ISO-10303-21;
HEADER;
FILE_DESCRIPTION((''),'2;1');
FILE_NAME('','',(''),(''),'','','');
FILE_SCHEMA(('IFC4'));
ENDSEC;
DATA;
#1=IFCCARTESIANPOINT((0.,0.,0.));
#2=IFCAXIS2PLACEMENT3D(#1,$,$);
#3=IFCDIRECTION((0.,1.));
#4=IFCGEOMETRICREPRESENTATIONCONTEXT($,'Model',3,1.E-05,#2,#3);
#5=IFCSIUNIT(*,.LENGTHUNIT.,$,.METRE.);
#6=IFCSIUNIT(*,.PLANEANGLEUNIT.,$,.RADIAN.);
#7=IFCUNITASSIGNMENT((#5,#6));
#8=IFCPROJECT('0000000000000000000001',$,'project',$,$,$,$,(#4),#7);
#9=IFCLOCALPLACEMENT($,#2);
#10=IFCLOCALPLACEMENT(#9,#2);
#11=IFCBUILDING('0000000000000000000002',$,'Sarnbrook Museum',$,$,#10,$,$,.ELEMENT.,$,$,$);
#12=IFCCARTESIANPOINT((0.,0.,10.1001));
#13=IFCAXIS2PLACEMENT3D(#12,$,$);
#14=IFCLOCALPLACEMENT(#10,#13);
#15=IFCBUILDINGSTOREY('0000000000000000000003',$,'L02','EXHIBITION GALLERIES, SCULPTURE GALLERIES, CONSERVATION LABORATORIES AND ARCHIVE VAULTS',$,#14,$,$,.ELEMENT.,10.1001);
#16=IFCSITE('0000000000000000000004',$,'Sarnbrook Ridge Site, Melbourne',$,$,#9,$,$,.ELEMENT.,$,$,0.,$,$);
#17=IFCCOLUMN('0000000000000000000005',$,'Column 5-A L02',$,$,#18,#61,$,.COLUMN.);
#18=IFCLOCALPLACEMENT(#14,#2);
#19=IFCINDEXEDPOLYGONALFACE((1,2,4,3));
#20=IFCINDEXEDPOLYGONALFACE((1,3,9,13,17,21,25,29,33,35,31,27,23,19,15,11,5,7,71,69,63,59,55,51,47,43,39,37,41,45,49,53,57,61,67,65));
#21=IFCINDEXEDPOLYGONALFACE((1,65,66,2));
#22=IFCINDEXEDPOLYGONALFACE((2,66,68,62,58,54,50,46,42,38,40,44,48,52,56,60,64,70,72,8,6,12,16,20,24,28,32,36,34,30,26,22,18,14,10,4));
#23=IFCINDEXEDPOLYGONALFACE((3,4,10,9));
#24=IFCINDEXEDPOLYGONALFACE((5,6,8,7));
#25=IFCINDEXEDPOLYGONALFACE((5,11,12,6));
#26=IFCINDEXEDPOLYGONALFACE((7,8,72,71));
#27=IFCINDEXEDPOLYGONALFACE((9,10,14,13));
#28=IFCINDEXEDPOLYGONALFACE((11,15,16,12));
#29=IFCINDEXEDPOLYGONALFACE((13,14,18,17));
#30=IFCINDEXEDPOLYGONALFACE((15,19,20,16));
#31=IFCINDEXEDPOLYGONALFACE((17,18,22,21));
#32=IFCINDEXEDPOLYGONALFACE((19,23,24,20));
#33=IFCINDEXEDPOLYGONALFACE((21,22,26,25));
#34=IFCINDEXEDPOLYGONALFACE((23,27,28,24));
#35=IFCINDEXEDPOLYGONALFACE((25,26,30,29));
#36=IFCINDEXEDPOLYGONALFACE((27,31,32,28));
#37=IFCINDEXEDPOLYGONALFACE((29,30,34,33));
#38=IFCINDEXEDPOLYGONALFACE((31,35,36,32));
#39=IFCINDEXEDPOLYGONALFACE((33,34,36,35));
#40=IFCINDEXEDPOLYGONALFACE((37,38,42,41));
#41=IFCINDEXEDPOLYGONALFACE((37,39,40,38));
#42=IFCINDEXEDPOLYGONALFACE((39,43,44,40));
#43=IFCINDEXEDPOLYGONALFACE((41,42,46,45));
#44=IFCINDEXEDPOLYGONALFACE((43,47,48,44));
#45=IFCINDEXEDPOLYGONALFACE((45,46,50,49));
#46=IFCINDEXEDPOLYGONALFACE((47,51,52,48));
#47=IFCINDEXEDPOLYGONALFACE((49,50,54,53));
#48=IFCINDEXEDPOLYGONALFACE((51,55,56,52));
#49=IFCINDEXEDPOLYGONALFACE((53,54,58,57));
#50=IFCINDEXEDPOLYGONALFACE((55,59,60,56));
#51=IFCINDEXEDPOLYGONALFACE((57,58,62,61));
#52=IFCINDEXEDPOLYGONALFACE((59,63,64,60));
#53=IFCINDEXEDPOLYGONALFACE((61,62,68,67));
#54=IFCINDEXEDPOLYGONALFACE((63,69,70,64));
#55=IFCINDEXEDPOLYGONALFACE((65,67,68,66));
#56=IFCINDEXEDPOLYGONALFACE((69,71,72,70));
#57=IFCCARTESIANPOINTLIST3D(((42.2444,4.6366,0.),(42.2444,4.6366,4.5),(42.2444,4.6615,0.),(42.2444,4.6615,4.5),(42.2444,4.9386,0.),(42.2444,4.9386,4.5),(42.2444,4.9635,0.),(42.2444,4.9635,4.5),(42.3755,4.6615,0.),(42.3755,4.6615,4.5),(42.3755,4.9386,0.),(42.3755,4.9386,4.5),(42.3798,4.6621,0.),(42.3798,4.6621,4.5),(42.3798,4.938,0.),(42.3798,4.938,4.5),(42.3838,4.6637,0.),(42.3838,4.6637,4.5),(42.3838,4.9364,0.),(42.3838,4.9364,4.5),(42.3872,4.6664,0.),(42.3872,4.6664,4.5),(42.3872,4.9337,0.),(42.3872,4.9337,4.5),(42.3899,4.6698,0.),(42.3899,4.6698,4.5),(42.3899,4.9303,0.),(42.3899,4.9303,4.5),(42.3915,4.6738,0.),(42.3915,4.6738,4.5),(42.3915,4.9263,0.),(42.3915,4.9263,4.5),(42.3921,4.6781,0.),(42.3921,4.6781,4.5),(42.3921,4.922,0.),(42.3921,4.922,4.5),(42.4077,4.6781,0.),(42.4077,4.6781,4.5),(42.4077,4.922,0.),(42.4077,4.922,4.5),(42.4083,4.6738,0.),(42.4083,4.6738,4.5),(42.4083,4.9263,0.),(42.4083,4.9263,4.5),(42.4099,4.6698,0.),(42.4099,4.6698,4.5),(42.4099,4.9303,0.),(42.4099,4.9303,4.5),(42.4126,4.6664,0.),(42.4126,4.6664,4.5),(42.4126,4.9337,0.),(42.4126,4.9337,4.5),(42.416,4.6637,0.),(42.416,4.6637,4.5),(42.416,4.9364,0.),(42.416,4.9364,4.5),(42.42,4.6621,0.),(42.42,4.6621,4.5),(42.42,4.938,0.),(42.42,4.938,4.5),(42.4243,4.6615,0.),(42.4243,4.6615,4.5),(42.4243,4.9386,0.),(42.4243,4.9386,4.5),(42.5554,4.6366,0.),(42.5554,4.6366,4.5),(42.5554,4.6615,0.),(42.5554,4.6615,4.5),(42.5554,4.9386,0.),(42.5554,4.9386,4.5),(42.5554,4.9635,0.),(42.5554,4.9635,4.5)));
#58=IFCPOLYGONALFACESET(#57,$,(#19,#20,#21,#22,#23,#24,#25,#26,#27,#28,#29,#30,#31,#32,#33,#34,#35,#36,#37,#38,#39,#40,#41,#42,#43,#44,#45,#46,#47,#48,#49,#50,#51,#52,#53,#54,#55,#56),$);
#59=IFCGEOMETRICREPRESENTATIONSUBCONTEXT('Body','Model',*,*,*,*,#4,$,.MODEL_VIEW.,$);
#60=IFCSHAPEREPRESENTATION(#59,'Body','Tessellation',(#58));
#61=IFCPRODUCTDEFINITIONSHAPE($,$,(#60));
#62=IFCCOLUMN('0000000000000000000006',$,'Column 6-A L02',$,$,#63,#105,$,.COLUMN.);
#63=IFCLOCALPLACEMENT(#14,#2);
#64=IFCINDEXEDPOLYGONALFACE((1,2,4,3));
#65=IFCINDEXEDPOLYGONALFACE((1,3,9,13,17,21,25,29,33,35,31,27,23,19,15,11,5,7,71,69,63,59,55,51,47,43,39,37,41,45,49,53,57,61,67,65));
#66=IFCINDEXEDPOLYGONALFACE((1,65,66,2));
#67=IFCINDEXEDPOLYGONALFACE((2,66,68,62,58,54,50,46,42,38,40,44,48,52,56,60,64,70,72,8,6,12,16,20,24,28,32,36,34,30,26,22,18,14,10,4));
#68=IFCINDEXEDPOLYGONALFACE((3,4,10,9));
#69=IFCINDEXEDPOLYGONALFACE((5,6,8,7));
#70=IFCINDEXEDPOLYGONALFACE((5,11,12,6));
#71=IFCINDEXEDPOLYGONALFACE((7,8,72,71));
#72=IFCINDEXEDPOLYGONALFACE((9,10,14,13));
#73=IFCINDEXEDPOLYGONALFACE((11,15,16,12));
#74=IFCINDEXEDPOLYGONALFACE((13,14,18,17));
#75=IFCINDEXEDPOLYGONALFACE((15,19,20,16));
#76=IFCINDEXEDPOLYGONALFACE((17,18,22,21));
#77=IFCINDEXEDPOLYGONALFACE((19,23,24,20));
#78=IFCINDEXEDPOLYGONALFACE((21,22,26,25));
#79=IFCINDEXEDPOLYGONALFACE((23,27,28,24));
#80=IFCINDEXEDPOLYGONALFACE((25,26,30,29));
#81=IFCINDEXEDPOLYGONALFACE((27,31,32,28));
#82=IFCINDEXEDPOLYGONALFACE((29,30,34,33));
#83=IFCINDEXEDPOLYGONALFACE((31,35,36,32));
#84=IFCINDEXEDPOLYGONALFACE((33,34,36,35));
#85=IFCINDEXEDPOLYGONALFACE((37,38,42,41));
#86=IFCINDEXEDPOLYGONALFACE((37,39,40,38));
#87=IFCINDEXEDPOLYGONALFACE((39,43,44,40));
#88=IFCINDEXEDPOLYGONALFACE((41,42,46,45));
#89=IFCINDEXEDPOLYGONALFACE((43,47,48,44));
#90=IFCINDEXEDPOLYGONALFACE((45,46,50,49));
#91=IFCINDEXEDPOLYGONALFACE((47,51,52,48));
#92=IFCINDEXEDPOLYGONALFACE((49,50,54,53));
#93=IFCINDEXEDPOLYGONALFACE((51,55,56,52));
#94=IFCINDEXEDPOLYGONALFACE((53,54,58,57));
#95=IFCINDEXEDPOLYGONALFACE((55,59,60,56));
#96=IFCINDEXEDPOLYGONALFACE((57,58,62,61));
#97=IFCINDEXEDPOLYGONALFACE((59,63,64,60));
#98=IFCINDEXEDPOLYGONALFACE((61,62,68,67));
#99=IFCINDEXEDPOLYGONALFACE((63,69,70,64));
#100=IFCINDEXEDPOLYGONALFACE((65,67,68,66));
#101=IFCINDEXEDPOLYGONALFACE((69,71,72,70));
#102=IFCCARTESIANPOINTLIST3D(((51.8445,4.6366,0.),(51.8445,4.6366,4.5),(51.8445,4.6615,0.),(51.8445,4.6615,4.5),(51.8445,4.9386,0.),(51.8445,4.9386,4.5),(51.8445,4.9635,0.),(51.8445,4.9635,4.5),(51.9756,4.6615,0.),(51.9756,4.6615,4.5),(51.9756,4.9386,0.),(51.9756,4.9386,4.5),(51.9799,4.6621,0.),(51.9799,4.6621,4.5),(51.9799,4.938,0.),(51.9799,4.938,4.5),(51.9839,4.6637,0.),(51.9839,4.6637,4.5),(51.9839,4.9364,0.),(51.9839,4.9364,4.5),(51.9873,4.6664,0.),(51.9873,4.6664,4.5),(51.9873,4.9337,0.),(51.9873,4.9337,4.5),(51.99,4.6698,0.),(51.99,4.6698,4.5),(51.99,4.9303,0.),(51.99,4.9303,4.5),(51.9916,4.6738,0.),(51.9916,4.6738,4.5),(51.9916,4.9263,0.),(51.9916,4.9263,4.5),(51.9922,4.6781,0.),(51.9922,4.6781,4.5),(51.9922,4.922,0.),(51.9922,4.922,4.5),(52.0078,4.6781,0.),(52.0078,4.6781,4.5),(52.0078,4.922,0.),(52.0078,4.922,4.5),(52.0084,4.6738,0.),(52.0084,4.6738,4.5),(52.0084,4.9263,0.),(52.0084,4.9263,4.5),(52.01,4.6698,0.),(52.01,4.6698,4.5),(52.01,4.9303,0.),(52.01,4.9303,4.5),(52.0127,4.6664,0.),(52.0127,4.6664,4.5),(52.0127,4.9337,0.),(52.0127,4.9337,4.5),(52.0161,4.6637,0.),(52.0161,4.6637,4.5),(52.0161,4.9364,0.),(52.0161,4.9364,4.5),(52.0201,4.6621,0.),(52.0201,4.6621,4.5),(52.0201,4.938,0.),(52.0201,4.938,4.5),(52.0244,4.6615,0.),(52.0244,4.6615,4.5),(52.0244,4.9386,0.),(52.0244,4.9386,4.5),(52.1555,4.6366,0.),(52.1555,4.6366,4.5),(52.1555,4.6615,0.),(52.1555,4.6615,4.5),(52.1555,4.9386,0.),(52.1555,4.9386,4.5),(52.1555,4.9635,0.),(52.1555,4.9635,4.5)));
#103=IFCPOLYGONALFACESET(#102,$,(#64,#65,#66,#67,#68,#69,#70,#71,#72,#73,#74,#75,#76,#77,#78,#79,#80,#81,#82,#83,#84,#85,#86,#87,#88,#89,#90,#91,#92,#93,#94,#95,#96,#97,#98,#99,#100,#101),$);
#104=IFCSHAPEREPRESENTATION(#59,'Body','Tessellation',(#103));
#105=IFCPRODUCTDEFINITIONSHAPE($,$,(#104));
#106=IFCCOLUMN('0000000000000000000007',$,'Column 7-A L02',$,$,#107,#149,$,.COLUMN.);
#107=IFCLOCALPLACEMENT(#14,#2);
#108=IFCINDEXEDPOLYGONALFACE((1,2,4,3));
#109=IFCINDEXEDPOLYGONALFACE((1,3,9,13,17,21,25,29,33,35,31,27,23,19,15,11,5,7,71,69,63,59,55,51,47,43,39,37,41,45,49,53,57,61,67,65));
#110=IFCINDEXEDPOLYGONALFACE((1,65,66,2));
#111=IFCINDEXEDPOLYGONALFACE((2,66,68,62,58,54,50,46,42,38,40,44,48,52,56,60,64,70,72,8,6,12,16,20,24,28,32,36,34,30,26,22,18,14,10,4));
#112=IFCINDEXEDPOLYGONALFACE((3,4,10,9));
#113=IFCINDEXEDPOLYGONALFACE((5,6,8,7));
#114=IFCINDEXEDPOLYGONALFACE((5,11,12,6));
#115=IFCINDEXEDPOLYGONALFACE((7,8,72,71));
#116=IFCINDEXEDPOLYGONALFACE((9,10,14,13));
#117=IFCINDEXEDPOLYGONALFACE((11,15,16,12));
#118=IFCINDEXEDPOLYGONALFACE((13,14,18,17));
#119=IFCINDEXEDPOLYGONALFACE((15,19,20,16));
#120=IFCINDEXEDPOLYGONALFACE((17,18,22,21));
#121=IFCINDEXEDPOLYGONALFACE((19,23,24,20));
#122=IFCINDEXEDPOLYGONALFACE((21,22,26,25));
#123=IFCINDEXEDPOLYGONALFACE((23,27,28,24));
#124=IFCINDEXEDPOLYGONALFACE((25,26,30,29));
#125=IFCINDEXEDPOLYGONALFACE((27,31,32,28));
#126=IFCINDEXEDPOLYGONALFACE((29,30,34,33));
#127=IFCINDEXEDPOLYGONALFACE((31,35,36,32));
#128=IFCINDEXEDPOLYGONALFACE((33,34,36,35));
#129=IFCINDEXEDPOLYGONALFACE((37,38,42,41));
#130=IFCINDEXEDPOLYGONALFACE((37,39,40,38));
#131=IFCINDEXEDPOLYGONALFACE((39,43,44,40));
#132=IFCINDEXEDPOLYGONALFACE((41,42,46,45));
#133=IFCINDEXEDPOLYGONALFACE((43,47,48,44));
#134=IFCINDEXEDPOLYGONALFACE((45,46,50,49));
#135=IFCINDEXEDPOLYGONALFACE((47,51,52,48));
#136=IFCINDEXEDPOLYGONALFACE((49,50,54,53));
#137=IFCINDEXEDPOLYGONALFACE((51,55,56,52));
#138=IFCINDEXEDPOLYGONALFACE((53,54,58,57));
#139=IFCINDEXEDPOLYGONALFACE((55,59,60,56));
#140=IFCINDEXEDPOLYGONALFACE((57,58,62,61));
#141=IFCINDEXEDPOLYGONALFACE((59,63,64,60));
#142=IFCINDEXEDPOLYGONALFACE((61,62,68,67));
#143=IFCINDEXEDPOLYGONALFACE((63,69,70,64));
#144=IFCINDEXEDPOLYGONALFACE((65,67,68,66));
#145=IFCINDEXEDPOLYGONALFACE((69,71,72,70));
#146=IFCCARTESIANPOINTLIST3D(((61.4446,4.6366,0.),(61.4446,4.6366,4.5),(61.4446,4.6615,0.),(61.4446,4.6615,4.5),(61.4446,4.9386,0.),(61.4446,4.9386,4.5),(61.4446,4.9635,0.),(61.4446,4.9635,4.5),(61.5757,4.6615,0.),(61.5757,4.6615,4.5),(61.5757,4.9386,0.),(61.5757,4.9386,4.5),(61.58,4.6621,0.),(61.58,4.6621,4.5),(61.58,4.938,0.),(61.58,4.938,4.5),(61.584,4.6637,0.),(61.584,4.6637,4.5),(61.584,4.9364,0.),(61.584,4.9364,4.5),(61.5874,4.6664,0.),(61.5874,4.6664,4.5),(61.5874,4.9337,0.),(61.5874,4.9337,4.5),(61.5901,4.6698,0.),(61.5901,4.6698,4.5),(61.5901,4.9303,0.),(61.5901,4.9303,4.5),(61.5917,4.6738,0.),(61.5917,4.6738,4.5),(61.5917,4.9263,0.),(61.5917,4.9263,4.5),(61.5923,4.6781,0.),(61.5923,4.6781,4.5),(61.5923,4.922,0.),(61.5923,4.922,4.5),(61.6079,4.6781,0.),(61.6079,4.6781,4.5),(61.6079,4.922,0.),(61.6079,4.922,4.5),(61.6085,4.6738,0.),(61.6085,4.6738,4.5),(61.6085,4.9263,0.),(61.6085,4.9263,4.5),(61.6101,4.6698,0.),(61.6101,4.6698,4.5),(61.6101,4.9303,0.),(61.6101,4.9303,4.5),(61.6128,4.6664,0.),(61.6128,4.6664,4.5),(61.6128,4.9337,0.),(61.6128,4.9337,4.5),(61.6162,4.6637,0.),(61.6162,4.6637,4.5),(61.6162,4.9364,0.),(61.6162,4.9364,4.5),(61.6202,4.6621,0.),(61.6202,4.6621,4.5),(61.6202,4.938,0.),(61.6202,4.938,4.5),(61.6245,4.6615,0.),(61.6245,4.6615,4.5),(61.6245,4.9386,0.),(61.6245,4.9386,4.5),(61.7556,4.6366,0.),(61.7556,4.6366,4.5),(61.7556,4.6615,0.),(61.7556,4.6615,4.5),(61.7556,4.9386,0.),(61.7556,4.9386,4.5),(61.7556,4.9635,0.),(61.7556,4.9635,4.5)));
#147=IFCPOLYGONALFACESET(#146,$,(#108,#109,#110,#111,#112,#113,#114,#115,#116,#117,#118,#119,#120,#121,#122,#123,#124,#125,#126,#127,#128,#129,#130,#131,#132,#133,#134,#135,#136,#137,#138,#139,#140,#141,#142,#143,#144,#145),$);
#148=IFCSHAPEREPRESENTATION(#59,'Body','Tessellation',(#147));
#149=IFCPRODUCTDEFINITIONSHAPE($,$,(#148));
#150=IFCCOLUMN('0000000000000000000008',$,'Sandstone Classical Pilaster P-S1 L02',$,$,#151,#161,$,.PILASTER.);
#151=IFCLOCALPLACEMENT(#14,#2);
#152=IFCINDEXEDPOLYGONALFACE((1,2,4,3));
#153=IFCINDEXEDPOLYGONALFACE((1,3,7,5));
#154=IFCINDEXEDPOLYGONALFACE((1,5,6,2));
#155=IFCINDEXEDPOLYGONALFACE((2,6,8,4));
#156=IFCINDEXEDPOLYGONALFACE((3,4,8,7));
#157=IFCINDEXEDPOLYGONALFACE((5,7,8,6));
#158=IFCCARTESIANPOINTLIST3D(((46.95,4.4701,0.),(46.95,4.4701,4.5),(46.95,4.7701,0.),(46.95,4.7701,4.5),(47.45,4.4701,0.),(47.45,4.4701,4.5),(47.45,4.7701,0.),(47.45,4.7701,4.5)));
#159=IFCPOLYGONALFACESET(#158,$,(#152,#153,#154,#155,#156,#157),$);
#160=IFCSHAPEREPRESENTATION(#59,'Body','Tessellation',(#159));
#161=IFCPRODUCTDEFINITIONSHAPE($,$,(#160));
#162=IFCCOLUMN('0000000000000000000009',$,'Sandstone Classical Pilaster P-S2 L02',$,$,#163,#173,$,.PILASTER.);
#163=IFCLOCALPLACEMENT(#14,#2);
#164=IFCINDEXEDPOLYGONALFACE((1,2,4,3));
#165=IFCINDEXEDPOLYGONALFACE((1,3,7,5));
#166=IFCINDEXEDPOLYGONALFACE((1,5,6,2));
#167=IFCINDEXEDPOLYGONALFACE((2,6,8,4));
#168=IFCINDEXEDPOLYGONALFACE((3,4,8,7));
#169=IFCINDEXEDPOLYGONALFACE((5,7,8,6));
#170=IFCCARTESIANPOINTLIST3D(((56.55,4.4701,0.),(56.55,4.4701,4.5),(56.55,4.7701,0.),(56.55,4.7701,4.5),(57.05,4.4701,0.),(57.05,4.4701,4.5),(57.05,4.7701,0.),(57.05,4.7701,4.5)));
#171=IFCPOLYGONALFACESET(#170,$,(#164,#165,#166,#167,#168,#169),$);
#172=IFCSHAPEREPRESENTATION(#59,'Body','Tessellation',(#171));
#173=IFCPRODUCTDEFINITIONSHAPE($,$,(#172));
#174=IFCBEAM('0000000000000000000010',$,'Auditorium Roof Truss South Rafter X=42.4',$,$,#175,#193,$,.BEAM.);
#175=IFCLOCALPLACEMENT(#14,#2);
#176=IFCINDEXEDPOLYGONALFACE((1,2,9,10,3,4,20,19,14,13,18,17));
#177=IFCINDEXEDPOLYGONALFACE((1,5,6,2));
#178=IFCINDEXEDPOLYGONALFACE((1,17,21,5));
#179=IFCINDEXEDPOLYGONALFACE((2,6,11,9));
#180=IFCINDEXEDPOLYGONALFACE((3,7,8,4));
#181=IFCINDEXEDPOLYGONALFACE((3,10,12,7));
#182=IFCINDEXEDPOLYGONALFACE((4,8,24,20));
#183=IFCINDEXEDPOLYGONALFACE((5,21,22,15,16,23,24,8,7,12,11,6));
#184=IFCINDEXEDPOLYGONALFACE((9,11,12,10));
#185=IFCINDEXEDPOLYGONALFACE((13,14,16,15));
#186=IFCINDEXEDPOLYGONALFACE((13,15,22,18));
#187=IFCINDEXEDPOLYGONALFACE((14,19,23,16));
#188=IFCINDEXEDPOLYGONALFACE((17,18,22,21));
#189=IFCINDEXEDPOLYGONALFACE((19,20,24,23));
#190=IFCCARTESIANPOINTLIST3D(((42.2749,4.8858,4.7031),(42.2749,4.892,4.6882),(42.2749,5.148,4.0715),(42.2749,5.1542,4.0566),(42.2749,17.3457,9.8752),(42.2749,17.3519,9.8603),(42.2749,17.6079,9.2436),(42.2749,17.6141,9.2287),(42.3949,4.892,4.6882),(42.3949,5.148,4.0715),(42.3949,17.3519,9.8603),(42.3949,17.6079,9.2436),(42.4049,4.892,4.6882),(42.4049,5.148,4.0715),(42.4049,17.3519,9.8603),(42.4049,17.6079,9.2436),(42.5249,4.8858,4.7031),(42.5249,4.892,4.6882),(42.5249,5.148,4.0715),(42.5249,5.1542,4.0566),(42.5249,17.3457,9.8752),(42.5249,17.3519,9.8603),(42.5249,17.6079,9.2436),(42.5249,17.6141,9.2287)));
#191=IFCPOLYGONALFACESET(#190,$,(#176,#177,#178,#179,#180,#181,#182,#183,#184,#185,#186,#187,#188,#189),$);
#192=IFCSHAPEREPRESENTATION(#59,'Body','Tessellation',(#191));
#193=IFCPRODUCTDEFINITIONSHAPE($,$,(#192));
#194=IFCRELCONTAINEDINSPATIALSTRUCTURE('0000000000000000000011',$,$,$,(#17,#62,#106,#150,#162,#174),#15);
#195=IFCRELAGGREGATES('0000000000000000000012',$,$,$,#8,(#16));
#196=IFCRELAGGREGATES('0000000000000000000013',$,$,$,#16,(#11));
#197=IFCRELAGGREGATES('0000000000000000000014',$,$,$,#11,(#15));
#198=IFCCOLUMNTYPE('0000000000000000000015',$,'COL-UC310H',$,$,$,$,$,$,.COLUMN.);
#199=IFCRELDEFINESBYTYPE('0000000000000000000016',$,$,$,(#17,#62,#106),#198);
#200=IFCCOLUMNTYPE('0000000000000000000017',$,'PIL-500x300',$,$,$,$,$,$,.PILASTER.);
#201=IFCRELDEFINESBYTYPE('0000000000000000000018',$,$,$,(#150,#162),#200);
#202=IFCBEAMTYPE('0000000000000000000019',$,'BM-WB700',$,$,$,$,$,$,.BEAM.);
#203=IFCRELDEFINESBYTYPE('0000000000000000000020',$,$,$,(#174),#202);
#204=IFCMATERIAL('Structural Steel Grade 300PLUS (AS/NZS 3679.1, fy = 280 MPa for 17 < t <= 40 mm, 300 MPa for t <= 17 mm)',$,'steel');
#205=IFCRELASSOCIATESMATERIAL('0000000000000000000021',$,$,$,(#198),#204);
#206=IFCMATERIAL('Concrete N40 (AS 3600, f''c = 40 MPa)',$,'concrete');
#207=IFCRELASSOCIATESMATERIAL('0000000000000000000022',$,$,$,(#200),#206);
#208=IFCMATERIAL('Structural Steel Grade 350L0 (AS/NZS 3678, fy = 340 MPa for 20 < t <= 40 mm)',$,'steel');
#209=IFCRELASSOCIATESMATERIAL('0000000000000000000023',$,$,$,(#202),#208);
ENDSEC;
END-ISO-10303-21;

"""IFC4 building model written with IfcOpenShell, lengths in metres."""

from ifc_helpers import new_model, si_unit, direction, frame, origin, origin_2d, place, context, subcontext, project, spatial, rectangle, i_section, extrude, material, material_profile, profile_set, type_object, element, save


model = new_model("IFC4")

# Units and contexts
model_context = context("Model", 3, precision=1e-05, world=origin(), true_north=direction((0.0, 1.0)))
body_context = subcontext(model_context, "Body", "Model", "MODEL_VIEW")
ifc_project = project(units=[si_unit("LENGTHUNIT", "METRE"), si_unit("PLANEANGLEUNIT", "RADIAN")], contexts=[model_context])

# Site, building, storey
site_placement = place(None, origin())
site = spatial("IfcSite", under=ifc_project, at=site_placement, Name="Sarnbrook Ridge Site, Melbourne", CompositionType="ELEMENT", RefElevation=0.0)
building_placement = place(site_placement, origin())
building = spatial("IfcBuilding", under=site, at=building_placement, Name="Sarnbrook Museum", CompositionType="ELEMENT")
storey_placement = place(building_placement, frame((0.0, 0.0, 10.1001)))
storey = spatial("IfcBuildingStorey", under=building, at=storey_placement, Name="L02", Description="EXHIBITION GALLERIES, SCULPTURE GALLERIES, CONSERVATION LABORATORIES AND ARCHIVE VAULTS", CompositionType="ELEMENT", Elevation=10.1001)

# Columns
ifc_material_1 = material(Name="Structural Steel Grade 300PLUS (AS/NZS 3679.1, fy = 280 MPa for 17 < t <= 40 mm, 300 MPa for t <= 17 mm)", Category="steel")
ifc_material_profile_1 = material_profile(ifc_material_1, i_section(OverallWidth=0.311, OverallDepth=0.3269, WebThickness=0.0156, FlangeThickness=0.0249, FilletRadius=0.0166, at=origin_2d()), Name="310UC158")
ifc_profile_set_1 = profile_set([ifc_material_profile_1], Name="Structural Steel Grade 300PLUS (AS/NZS 3679.1, fy = 280 MPa for 17 < t <= 40 mm, 300 MPa for t <= 17 mm)")
column_type_1 = type_object("IfcColumnType", Name="COL-UC310H", PredefinedType="COLUMN", material=ifc_profile_set_1)
for number, where, z_axis, x_axis, name in (
    (1, (42.3999, 4.8, 0.0), (0.0, 0.0, 1.0), (1.0, 0.0, 0.0), "Column 5-A L02"),
    (2, (52.0, 4.8, 0.0), (0.0, 0.0, 1.0), (1.0, 0.0, 0.0), "Column 6-A L02"),
    (3, (61.6001, 4.8, 0.0), (0.0, 0.0, 1.0), (1.0, 0.0, 0.0), "Column 7-A L02"),
):
    element("IfcColumn", number, at=place(storey_placement, frame(where, z_axis=z_axis, x_axis=x_axis)), inside=storey, type_object=column_type_1, Name=name, PredefinedType="COLUMN", context=body_context, shape_type="SweptSolid", body=[
        extrude(i_section(OverallWidth=0.311, OverallDepth=0.3269, WebThickness=0.0156, FlangeThickness=0.0249, FilletRadius=0.0166, at=origin_2d()), origin(), (0.0, 0.0, 1.0), 4.5),
    ])
ifc_material_2 = material(Name="Concrete N40 (AS 3600, f'c = 40 MPa)", Category="concrete")
ifc_material_profile_2 = material_profile(ifc_material_2, rectangle(XDim=0.5, YDim=0.3, at=origin_2d()), Name="PILASTER 500x300")
ifc_profile_set_2 = profile_set([ifc_material_profile_2], Name="Concrete N40 (AS 3600, f'c = 40 MPa)")
column_type_2 = type_object("IfcColumnType", Name="PIL-500x300", PredefinedType="PILASTER", material=ifc_profile_set_2)
for number, where, z_axis, x_axis, name in (
    (4, (47.2, 4.6201, 0.0), (0.0, 0.0, 1.0), (1.0, 0.0, 0.0), "Sandstone Classical Pilaster P-S1 L02"),
    (5, (56.8, 4.6201, 0.0), (0.0, 0.0, 1.0), (1.0, 0.0, 0.0), "Sandstone Classical Pilaster P-S2 L02"),
):
    element("IfcColumn", number, at=place(storey_placement, frame(where, z_axis=z_axis, x_axis=x_axis)), inside=storey, type_object=column_type_2, Name=name, PredefinedType="PILASTER", context=body_context, shape_type="SweptSolid", body=[
        extrude(rectangle(XDim=0.5, YDim=0.3, at=origin_2d()), origin(), (0.0, 0.0, 1.0), 4.5),
    ])

# Beam
ifc_material_3 = material(Name="Structural Steel Grade 350L0 (AS/NZS 3678, fy = 340 MPa for 20 < t <= 40 mm)", Category="steel")
ifc_material_profile_3 = material_profile(ifc_material_3, i_section(OverallWidth=0.25, OverallDepth=0.7, WebThickness=0.01, FlangeThickness=0.0161, at=origin_2d()), Name="700WB130")
ifc_profile_set_3 = profile_set([ifc_material_profile_3], Name="Structural Steel Grade 350L0 (AS/NZS 3678, fy = 340 MPa for 20 < t <= 40 mm)")
beam_type_1 = type_object("IfcBeamType", Name="BM-WB700", PredefinedType="BEAM", material=ifc_profile_set_3)
for number, where, z_axis, x_axis, name in (
    (6, (42.3999, 5.02, 4.3799), (0.0, 0.92359, 0.383381), (-1.0, 0.0, 0.0), "Auditorium Roof Truss South Rafter X=42.4"),
):
    element("IfcBeam", number, at=place(storey_placement, frame(where, z_axis=z_axis, x_axis=x_axis)), inside=storey, type_object=beam_type_1, Name=name, PredefinedType="BEAM", context=body_context, shape_type="SweptSolid", body=[
        extrude(i_section(OverallWidth=0.25, OverallDepth=0.7, WebThickness=0.01, FlangeThickness=0.0161, at=origin_2d()), origin(), (0.0, 0.0, 1.0), 13.4907),
    ])

save(model, "model.ifc")
